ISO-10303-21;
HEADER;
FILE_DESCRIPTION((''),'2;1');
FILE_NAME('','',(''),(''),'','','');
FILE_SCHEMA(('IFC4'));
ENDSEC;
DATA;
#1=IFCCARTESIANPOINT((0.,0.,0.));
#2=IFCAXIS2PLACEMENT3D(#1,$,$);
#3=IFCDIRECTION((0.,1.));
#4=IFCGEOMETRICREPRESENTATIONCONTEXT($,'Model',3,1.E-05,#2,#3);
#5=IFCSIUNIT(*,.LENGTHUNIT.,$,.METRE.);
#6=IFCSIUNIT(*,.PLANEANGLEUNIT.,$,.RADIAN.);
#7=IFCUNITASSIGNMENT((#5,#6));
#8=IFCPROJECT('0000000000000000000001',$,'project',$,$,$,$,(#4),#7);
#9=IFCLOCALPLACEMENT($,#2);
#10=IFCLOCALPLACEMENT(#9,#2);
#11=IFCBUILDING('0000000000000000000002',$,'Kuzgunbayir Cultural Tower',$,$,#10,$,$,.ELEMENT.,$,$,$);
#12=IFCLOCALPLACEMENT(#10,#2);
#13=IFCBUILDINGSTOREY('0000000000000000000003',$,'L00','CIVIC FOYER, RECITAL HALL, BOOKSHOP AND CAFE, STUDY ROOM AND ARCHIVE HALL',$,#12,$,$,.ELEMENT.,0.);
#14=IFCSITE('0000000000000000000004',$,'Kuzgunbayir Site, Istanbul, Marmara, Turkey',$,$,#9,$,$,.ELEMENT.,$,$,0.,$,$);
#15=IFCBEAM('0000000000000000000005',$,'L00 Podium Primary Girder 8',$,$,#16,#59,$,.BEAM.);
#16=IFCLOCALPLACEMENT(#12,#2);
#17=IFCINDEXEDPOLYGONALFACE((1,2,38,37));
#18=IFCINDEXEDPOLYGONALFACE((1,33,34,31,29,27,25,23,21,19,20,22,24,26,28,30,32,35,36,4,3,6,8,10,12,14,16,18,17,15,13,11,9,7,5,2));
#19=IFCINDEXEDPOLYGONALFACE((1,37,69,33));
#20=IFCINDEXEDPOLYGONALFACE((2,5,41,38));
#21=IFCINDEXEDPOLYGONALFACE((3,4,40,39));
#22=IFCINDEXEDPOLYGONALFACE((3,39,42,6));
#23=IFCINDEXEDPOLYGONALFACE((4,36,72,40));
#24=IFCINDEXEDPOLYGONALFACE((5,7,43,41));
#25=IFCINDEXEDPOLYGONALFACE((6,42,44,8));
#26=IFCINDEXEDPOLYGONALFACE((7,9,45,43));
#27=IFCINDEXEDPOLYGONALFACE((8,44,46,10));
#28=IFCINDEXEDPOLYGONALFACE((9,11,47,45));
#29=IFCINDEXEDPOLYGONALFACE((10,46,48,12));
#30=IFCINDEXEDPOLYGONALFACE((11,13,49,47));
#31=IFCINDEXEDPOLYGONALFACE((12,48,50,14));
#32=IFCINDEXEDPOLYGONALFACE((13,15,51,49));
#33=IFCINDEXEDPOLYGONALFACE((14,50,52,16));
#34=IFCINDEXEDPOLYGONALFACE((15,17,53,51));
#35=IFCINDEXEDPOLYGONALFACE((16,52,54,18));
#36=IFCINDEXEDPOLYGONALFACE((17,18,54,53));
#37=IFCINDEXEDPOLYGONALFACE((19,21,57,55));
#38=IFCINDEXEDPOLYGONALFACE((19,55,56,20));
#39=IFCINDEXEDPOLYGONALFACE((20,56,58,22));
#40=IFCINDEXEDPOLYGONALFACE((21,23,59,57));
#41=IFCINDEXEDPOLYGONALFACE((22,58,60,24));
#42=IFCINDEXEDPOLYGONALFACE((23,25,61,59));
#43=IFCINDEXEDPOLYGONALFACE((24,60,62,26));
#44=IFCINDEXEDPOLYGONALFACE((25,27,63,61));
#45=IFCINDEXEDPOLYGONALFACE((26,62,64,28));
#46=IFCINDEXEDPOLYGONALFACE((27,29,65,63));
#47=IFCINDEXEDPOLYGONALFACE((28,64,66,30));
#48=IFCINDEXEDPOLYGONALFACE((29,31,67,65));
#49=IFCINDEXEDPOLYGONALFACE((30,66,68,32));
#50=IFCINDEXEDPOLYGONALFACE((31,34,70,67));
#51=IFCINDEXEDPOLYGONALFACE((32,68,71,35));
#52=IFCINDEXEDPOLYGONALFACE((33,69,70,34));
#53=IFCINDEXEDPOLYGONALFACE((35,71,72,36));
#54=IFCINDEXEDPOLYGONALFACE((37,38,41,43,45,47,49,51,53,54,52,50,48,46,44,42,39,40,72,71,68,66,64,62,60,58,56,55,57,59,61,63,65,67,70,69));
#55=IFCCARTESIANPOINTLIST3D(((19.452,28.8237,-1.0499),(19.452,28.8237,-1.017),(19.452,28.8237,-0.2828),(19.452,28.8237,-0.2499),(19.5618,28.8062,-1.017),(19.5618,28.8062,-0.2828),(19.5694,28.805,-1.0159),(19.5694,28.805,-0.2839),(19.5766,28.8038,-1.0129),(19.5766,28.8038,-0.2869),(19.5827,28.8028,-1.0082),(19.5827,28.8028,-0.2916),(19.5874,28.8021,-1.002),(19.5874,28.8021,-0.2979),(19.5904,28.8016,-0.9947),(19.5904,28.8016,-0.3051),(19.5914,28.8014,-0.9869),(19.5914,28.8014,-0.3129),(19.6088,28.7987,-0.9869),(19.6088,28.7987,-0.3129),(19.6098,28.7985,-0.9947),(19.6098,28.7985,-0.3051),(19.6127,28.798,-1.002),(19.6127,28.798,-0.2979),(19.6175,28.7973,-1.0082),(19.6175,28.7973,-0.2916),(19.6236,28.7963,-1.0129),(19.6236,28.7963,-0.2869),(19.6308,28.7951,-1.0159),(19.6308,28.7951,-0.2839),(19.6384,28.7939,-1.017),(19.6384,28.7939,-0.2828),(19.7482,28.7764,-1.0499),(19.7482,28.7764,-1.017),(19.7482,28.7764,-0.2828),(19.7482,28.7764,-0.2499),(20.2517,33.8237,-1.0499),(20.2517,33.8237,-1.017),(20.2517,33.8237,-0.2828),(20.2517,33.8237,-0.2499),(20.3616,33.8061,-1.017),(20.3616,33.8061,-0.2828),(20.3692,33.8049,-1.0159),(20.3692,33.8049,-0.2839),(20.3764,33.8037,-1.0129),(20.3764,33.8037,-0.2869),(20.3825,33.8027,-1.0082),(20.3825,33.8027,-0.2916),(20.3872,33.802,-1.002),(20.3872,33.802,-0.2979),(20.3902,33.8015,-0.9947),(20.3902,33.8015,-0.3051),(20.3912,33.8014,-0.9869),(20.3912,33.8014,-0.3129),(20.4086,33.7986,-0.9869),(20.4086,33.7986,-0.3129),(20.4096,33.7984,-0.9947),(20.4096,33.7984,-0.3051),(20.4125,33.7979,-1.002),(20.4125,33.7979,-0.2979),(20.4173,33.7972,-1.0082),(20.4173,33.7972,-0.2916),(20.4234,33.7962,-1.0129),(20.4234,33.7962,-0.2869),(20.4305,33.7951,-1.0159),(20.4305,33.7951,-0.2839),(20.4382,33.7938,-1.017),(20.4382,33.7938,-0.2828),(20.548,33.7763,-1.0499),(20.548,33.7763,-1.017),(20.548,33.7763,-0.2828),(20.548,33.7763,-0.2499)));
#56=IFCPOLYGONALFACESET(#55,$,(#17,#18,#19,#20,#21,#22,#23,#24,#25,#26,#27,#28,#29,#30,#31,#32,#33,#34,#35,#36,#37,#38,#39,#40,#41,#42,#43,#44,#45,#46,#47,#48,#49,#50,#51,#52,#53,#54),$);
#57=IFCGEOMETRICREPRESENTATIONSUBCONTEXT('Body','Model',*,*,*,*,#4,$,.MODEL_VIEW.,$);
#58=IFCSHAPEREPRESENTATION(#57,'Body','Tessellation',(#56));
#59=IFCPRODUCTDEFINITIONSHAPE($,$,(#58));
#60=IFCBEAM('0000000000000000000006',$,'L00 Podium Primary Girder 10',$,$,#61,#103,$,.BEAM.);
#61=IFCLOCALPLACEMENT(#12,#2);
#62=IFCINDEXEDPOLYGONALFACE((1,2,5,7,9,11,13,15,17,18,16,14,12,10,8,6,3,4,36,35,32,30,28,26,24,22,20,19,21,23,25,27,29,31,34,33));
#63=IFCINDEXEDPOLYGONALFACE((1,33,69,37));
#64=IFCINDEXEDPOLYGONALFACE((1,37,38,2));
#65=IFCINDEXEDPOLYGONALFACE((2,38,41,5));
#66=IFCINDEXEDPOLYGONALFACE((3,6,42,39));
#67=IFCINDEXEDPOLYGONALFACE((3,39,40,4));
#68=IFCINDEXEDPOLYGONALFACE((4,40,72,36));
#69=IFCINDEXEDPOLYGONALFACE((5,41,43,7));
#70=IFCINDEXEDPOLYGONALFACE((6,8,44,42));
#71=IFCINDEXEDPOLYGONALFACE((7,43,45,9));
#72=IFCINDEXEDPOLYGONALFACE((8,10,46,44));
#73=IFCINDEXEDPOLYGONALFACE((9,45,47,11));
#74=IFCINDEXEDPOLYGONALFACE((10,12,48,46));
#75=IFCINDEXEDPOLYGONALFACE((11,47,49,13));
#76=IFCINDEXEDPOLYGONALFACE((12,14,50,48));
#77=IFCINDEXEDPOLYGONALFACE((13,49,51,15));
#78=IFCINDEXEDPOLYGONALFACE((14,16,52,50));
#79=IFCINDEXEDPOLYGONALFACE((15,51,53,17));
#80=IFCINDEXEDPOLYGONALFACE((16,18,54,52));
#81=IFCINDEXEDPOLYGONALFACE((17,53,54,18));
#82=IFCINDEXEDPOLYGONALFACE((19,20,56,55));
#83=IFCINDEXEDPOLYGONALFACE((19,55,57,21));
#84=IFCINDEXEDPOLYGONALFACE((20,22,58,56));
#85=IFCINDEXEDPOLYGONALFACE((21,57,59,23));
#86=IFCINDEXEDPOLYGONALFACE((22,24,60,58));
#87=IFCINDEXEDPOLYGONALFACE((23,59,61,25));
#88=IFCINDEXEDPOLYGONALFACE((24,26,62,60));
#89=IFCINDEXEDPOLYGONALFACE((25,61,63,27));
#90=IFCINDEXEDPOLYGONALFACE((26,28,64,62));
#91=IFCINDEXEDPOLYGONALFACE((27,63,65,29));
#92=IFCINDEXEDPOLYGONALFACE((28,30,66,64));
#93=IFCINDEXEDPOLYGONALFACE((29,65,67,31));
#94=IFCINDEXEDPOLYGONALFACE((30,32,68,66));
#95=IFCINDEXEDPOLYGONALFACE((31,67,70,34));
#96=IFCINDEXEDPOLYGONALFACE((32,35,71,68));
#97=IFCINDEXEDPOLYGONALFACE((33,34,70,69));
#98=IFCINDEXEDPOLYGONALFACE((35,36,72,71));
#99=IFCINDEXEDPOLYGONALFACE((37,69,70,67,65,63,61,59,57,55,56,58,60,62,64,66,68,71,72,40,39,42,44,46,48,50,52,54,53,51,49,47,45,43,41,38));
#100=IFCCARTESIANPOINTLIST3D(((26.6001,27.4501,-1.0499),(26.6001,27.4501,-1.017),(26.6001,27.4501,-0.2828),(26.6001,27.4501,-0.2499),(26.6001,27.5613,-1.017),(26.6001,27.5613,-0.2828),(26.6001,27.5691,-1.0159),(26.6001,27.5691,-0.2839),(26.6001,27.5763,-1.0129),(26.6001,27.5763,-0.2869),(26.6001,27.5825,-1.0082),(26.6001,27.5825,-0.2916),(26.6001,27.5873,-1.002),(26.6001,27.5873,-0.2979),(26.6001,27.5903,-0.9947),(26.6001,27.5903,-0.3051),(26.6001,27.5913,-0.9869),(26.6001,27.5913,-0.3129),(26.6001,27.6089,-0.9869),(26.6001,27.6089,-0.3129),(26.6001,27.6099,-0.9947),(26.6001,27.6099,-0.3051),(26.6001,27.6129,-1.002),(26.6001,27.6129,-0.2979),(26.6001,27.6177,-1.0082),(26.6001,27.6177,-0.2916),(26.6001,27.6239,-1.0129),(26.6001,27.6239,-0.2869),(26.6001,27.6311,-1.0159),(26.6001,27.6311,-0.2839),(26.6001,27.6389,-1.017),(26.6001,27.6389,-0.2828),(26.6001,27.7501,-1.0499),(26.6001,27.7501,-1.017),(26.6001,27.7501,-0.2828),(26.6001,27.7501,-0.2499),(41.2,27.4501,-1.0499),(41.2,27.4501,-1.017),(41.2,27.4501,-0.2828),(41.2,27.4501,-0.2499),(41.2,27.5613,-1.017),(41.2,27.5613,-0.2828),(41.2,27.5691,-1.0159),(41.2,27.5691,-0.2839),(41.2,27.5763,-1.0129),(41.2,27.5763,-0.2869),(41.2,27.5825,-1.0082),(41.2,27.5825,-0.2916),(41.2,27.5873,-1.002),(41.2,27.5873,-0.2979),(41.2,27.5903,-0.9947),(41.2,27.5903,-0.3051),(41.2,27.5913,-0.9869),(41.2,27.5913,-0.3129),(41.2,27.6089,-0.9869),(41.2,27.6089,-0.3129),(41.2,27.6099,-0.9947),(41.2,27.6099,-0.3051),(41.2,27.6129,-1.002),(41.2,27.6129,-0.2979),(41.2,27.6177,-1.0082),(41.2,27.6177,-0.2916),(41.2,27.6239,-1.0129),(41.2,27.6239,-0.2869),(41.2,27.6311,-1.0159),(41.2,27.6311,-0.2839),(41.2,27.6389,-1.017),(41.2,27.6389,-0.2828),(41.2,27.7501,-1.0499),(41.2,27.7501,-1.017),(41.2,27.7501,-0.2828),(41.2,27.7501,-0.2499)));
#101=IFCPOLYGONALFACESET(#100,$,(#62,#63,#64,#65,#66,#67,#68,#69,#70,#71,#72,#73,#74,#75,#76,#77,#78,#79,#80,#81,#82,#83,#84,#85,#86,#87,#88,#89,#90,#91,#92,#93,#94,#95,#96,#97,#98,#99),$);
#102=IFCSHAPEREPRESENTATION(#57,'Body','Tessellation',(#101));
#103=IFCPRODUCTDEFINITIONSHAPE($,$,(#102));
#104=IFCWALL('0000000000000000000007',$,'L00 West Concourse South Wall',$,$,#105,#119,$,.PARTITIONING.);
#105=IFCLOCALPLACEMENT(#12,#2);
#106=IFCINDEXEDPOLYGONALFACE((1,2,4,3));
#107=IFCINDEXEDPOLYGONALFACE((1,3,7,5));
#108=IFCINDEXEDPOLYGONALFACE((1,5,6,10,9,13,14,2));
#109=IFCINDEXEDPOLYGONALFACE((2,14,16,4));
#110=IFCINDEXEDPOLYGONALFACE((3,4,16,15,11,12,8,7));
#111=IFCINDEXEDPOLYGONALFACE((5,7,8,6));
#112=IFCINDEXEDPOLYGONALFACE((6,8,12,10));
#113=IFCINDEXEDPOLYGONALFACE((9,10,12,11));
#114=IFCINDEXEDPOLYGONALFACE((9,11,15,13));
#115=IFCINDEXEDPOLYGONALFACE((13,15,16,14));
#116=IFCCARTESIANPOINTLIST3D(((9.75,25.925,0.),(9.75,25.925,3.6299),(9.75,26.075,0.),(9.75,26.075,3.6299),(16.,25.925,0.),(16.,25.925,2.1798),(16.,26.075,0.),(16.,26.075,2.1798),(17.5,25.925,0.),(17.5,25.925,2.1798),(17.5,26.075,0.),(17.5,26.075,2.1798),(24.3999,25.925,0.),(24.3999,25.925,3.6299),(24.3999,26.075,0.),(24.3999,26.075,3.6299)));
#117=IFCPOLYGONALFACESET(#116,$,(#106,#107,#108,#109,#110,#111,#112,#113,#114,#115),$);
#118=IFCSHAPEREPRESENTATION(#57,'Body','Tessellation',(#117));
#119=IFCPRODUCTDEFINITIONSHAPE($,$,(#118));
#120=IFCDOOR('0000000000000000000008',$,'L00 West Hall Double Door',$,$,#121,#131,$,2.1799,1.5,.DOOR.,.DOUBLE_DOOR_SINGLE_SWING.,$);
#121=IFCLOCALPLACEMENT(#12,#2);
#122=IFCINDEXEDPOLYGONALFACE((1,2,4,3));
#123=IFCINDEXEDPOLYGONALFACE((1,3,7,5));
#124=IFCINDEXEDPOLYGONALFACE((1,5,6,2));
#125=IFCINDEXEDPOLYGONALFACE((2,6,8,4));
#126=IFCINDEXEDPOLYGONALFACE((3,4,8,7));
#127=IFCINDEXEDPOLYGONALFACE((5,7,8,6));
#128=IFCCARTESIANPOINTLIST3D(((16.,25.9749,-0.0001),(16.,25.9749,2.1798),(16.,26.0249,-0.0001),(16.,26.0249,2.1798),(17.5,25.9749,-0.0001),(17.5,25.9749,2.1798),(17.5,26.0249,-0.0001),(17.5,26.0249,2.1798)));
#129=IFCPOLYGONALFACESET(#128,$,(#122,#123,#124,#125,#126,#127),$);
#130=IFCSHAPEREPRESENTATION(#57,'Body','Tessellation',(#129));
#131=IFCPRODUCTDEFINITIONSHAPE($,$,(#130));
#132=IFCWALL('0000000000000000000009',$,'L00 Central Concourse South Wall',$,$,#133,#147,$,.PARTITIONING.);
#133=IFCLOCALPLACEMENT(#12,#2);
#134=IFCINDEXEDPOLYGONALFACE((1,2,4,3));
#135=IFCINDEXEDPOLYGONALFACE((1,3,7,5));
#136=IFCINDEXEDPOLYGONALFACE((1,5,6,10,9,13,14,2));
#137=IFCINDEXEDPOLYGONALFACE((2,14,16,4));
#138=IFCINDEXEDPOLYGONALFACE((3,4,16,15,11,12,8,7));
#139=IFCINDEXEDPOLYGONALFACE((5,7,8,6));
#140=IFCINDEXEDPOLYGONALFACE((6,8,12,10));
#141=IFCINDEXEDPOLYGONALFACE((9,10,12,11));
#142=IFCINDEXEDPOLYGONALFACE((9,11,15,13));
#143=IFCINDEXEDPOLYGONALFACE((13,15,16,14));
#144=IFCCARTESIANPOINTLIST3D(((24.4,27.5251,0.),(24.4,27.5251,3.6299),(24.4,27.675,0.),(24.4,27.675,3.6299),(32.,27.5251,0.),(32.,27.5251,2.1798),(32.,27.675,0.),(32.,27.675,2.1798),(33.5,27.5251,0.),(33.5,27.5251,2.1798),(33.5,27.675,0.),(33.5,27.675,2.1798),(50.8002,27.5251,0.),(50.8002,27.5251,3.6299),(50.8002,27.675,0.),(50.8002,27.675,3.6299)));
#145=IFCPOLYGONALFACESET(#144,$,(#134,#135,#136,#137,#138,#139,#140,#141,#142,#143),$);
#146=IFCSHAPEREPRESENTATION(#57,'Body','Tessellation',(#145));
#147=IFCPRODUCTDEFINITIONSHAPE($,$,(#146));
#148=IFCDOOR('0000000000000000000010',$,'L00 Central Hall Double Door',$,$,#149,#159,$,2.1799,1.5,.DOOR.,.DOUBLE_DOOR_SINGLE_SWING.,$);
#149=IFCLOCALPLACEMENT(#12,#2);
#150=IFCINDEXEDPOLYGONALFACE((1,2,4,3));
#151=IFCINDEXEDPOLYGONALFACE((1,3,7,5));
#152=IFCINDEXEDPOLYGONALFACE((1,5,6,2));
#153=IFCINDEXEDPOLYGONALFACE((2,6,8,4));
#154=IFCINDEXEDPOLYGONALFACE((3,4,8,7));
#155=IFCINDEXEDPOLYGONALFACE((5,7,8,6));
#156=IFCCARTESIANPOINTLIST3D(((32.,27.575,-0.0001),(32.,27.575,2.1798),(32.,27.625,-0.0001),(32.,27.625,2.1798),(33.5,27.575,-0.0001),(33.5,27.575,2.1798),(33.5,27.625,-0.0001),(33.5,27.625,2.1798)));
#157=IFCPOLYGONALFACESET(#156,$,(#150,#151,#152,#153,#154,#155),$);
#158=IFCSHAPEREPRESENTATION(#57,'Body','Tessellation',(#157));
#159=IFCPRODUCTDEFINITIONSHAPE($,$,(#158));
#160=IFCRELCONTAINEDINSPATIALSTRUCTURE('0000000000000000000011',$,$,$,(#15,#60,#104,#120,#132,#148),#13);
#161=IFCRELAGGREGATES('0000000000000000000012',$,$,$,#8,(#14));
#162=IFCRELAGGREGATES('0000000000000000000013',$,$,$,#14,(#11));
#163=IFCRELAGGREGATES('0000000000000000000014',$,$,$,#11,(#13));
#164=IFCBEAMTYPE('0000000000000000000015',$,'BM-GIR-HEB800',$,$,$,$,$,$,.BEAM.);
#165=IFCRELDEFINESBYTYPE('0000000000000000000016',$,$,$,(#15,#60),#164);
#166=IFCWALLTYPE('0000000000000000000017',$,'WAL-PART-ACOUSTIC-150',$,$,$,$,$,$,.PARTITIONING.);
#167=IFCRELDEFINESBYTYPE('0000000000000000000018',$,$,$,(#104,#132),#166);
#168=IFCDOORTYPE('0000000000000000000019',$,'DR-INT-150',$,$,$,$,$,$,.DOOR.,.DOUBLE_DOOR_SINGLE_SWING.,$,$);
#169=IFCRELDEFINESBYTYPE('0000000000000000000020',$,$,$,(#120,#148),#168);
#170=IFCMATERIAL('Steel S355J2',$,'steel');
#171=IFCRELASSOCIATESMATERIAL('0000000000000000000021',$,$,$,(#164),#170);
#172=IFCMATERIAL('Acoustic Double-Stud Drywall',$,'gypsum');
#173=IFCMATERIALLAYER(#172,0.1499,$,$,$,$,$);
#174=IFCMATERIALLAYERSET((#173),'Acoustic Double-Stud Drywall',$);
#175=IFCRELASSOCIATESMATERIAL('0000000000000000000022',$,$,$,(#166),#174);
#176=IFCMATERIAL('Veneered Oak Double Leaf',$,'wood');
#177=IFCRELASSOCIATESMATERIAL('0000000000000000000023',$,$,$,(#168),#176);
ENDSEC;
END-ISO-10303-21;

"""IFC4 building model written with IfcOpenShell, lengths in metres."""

from ifc_helpers import new_model, si_unit, direction, frame, frame_2d, origin, origin_2d, place, context, subcontext, project, spatial, rectangle, i_section, extrude, material, layer, layer_set, material_profile, profile_set, type_object, element, fill, save


model = new_model("IFC4")

# Units and contexts
model_context = context("Model", 3, precision=1e-05, world=origin(), true_north=direction((0.0, 1.0)))
body_context = subcontext(model_context, "Body", "Model", "MODEL_VIEW")
ifc_project = project(units=[si_unit("LENGTHUNIT", "METRE"), si_unit("PLANEANGLEUNIT", "RADIAN")], contexts=[model_context])

# Site, building, storey
site_placement = place(None, origin())
site = spatial("IfcSite", under=ifc_project, at=site_placement, Name="Kuzgunbayir Site, Istanbul, Marmara, Turkey", CompositionType="ELEMENT", RefElevation=0.0)
building_placement = place(site_placement, origin())
building = spatial("IfcBuilding", under=site, at=building_placement, Name="Kuzgunbayir Cultural Tower", CompositionType="ELEMENT")
storey_placement = place(building_placement, origin())
storey = spatial("IfcBuildingStorey", under=building, at=storey_placement, Name="L00", Description="CIVIC FOYER, RECITAL HALL, BOOKSHOP AND CAFE, STUDY ROOM AND ARCHIVE HALL", CompositionType="ELEMENT", Elevation=0.0)

# Beams
ifc_material_1 = material(Name="Steel S355J2", Category="steel")
ifc_material_profile_1 = material_profile(ifc_material_1, i_section(OverallWidth=0.3, OverallDepth=0.8, WebThickness=0.0176, FlangeThickness=0.033, FilletRadius=0.03, at=origin_2d()), Name="HEB 800")
ifc_profile_set_1 = profile_set([ifc_material_profile_1], Name="Steel S355J2")
beam_type = type_object("IfcBeamType", Name="BM-GIR-HEB800", PredefinedType="BEAM", material=ifc_profile_set_1)
beam_1_placement = place(storey_placement, frame((19.6001, 28.8, -0.6499), z_axis=(0.157953, 0.987447, 0.0), x_axis=(-0.987447, 0.157953, 0.0)))
element("IfcBeam", 1, at=beam_1_placement, inside=storey, type_object=beam_type, Name="L00 Podium Primary Girder 8", PredefinedType="BEAM", context=body_context, shape_type="SweptSolid", body=[
    extrude(i_section(OverallWidth=0.3, OverallDepth=0.8, WebThickness=0.0176, FlangeThickness=0.033, FilletRadius=0.03, at=origin_2d()), origin(), (0.0, 0.0, 1.0), 5.0635),
])
beam_2_placement = place(storey_placement, frame((26.6001, 27.6001, -0.6499), z_axis=(1.0, 0.0, 0.0), x_axis=(0.0, 1.0, 0.0)))
element("IfcBeam", 2, at=beam_2_placement, inside=storey, type_object=beam_type, Name="L00 Podium Primary Girder 10", PredefinedType="BEAM", context=body_context, shape_type="SweptSolid", body=[
    extrude(i_section(OverallWidth=0.3, OverallDepth=0.8, WebThickness=0.0176, FlangeThickness=0.033, FilletRadius=0.03, at=origin_2d()), origin(), (0.0, 0.0, 1.0), 14.5999),
])

# Walls, openings, doors
ifc_material_2 = material(Name="Acoustic Double-Stud Drywall", Category="gypsum")
ifc_layer_1 = layer(ifc_material_2, 0.1499)
ifc_layer_set_1 = layer_set([ifc_layer_1], Name="Acoustic Double-Stud Drywall")
wall_type_1 = type_object("IfcWallType", Name="WAL-PART-ACOUSTIC-150", PredefinedType="PARTITIONING", material=ifc_layer_set_1)
wall_1_placement = place(storey_placement, frame((9.75, 26.0, 0.0), z_axis=(0.0, 0.0, 1.0), x_axis=(1.0, 0.0, 0.0)))
wall_1 = element("IfcWall", 3, at=wall_1_placement, inside=storey, type_object=wall_type_1, Name="L00 West Concourse South Wall", PredefinedType="PARTITIONING", context=body_context, shape_type="SweptSolid", body=[
    extrude(rectangle(XDim=14.6499, YDim=0.1499, at=frame_2d((7.325, 0.0))), origin(), (0.0, 0.0, 1.0), 3.6299),
])
opening_1_placement = place(wall_1_placement, frame((6.25, 0.0, 0.0)))
opening_1 = element("IfcOpeningElement", 4, at=opening_1_placement, cuts=wall_1, PredefinedType="OPENING", context=body_context, shape_type="SweptSolid", body=[
    extrude(rectangle(XDim=1.5, YDim=2.1799, at=frame_2d((0.75, 1.0898))), frame((0.0, 0.085, 0.0), z_axis=(0.0, -1.0, 0.0), x_axis=(1.0, 0.0, 0.0)), (0.0, 0.0, 1.0), 0.1699),
])
ifc_material_3 = material(Name="Veneered Oak Double Leaf", Category="wood")
door_type_1 = type_object("IfcDoorType", Name="DR-INT-150", OperationType="DOUBLE_DOOR_SINGLE_SWING", PredefinedType="DOOR", material=ifc_material_3)
door_1_placement = place(opening_1_placement, origin())
door_1 = element("IfcDoor", 5, at=door_1_placement, inside=storey, type_object=door_type_1, Name="L00 West Hall Double Door", OperationType="DOUBLE_DOOR_SINGLE_SWING", OverallHeight=2.1799, OverallWidth=1.5, PredefinedType="DOOR", context=body_context, shape_type="SweptSolid", body=[
    extrude(rectangle(XDim=1.5, YDim=2.1799, at=frame_2d((0.75, 1.0898))), frame((0.0, 0.0249, 0.0), z_axis=(0.0, -1.0, 0.0), x_axis=(1.0, 0.0, 0.0)), (0.0, 0.0, 1.0), 0.05),
])
fill(opening_1, door_1)
wall_2_placement = place(storey_placement, frame((24.3999, 27.6001, 0.0), z_axis=(0.0, 0.0, 1.0), x_axis=(1.0, 0.0, 0.0)))
wall_2 = element("IfcWall", 6, at=wall_2_placement, inside=storey, type_object=wall_type_1, Name="L00 Central Concourse South Wall", PredefinedType="PARTITIONING", context=body_context, shape_type="SweptSolid", body=[
    extrude(rectangle(XDim=26.4001, YDim=0.1499, at=frame_2d((13.2002, 0.0))), origin(), (0.0, 0.0, 1.0), 3.6299),
])
opening_2_placement = place(wall_2_placement, frame((7.6001, 0.0, 0.0)))
opening_2 = element("IfcOpeningElement", 7, at=opening_2_placement, cuts=wall_2, PredefinedType="OPENING", context=body_context, shape_type="SweptSolid", body=[
    extrude(rectangle(XDim=1.5, YDim=2.1799, at=frame_2d((0.75, 1.0898))), frame((0.0, 0.085, 0.0), z_axis=(0.0, -1.0, 0.0), x_axis=(1.0, 0.0, 0.0)), (0.0, 0.0, 1.0), 0.1699),
])
door_2_placement = place(opening_2_placement, origin())
door_2 = element("IfcDoor", 8, at=door_2_placement, inside=storey, type_object=door_type_1, Name="L00 Central Hall Double Door", OperationType="DOUBLE_DOOR_SINGLE_SWING", OverallHeight=2.1799, OverallWidth=1.5, PredefinedType="DOOR", context=body_context, shape_type="SweptSolid", body=[
    extrude(rectangle(XDim=1.5, YDim=2.1799, at=frame_2d((0.75, 1.0898))), frame((0.0, 0.0249, 0.0), z_axis=(0.0, -1.0, 0.0), x_axis=(1.0, 0.0, 0.0)), (0.0, 0.0, 1.0), 0.05),
])
fill(opening_2, door_2)

save(model, "model.ifc")
